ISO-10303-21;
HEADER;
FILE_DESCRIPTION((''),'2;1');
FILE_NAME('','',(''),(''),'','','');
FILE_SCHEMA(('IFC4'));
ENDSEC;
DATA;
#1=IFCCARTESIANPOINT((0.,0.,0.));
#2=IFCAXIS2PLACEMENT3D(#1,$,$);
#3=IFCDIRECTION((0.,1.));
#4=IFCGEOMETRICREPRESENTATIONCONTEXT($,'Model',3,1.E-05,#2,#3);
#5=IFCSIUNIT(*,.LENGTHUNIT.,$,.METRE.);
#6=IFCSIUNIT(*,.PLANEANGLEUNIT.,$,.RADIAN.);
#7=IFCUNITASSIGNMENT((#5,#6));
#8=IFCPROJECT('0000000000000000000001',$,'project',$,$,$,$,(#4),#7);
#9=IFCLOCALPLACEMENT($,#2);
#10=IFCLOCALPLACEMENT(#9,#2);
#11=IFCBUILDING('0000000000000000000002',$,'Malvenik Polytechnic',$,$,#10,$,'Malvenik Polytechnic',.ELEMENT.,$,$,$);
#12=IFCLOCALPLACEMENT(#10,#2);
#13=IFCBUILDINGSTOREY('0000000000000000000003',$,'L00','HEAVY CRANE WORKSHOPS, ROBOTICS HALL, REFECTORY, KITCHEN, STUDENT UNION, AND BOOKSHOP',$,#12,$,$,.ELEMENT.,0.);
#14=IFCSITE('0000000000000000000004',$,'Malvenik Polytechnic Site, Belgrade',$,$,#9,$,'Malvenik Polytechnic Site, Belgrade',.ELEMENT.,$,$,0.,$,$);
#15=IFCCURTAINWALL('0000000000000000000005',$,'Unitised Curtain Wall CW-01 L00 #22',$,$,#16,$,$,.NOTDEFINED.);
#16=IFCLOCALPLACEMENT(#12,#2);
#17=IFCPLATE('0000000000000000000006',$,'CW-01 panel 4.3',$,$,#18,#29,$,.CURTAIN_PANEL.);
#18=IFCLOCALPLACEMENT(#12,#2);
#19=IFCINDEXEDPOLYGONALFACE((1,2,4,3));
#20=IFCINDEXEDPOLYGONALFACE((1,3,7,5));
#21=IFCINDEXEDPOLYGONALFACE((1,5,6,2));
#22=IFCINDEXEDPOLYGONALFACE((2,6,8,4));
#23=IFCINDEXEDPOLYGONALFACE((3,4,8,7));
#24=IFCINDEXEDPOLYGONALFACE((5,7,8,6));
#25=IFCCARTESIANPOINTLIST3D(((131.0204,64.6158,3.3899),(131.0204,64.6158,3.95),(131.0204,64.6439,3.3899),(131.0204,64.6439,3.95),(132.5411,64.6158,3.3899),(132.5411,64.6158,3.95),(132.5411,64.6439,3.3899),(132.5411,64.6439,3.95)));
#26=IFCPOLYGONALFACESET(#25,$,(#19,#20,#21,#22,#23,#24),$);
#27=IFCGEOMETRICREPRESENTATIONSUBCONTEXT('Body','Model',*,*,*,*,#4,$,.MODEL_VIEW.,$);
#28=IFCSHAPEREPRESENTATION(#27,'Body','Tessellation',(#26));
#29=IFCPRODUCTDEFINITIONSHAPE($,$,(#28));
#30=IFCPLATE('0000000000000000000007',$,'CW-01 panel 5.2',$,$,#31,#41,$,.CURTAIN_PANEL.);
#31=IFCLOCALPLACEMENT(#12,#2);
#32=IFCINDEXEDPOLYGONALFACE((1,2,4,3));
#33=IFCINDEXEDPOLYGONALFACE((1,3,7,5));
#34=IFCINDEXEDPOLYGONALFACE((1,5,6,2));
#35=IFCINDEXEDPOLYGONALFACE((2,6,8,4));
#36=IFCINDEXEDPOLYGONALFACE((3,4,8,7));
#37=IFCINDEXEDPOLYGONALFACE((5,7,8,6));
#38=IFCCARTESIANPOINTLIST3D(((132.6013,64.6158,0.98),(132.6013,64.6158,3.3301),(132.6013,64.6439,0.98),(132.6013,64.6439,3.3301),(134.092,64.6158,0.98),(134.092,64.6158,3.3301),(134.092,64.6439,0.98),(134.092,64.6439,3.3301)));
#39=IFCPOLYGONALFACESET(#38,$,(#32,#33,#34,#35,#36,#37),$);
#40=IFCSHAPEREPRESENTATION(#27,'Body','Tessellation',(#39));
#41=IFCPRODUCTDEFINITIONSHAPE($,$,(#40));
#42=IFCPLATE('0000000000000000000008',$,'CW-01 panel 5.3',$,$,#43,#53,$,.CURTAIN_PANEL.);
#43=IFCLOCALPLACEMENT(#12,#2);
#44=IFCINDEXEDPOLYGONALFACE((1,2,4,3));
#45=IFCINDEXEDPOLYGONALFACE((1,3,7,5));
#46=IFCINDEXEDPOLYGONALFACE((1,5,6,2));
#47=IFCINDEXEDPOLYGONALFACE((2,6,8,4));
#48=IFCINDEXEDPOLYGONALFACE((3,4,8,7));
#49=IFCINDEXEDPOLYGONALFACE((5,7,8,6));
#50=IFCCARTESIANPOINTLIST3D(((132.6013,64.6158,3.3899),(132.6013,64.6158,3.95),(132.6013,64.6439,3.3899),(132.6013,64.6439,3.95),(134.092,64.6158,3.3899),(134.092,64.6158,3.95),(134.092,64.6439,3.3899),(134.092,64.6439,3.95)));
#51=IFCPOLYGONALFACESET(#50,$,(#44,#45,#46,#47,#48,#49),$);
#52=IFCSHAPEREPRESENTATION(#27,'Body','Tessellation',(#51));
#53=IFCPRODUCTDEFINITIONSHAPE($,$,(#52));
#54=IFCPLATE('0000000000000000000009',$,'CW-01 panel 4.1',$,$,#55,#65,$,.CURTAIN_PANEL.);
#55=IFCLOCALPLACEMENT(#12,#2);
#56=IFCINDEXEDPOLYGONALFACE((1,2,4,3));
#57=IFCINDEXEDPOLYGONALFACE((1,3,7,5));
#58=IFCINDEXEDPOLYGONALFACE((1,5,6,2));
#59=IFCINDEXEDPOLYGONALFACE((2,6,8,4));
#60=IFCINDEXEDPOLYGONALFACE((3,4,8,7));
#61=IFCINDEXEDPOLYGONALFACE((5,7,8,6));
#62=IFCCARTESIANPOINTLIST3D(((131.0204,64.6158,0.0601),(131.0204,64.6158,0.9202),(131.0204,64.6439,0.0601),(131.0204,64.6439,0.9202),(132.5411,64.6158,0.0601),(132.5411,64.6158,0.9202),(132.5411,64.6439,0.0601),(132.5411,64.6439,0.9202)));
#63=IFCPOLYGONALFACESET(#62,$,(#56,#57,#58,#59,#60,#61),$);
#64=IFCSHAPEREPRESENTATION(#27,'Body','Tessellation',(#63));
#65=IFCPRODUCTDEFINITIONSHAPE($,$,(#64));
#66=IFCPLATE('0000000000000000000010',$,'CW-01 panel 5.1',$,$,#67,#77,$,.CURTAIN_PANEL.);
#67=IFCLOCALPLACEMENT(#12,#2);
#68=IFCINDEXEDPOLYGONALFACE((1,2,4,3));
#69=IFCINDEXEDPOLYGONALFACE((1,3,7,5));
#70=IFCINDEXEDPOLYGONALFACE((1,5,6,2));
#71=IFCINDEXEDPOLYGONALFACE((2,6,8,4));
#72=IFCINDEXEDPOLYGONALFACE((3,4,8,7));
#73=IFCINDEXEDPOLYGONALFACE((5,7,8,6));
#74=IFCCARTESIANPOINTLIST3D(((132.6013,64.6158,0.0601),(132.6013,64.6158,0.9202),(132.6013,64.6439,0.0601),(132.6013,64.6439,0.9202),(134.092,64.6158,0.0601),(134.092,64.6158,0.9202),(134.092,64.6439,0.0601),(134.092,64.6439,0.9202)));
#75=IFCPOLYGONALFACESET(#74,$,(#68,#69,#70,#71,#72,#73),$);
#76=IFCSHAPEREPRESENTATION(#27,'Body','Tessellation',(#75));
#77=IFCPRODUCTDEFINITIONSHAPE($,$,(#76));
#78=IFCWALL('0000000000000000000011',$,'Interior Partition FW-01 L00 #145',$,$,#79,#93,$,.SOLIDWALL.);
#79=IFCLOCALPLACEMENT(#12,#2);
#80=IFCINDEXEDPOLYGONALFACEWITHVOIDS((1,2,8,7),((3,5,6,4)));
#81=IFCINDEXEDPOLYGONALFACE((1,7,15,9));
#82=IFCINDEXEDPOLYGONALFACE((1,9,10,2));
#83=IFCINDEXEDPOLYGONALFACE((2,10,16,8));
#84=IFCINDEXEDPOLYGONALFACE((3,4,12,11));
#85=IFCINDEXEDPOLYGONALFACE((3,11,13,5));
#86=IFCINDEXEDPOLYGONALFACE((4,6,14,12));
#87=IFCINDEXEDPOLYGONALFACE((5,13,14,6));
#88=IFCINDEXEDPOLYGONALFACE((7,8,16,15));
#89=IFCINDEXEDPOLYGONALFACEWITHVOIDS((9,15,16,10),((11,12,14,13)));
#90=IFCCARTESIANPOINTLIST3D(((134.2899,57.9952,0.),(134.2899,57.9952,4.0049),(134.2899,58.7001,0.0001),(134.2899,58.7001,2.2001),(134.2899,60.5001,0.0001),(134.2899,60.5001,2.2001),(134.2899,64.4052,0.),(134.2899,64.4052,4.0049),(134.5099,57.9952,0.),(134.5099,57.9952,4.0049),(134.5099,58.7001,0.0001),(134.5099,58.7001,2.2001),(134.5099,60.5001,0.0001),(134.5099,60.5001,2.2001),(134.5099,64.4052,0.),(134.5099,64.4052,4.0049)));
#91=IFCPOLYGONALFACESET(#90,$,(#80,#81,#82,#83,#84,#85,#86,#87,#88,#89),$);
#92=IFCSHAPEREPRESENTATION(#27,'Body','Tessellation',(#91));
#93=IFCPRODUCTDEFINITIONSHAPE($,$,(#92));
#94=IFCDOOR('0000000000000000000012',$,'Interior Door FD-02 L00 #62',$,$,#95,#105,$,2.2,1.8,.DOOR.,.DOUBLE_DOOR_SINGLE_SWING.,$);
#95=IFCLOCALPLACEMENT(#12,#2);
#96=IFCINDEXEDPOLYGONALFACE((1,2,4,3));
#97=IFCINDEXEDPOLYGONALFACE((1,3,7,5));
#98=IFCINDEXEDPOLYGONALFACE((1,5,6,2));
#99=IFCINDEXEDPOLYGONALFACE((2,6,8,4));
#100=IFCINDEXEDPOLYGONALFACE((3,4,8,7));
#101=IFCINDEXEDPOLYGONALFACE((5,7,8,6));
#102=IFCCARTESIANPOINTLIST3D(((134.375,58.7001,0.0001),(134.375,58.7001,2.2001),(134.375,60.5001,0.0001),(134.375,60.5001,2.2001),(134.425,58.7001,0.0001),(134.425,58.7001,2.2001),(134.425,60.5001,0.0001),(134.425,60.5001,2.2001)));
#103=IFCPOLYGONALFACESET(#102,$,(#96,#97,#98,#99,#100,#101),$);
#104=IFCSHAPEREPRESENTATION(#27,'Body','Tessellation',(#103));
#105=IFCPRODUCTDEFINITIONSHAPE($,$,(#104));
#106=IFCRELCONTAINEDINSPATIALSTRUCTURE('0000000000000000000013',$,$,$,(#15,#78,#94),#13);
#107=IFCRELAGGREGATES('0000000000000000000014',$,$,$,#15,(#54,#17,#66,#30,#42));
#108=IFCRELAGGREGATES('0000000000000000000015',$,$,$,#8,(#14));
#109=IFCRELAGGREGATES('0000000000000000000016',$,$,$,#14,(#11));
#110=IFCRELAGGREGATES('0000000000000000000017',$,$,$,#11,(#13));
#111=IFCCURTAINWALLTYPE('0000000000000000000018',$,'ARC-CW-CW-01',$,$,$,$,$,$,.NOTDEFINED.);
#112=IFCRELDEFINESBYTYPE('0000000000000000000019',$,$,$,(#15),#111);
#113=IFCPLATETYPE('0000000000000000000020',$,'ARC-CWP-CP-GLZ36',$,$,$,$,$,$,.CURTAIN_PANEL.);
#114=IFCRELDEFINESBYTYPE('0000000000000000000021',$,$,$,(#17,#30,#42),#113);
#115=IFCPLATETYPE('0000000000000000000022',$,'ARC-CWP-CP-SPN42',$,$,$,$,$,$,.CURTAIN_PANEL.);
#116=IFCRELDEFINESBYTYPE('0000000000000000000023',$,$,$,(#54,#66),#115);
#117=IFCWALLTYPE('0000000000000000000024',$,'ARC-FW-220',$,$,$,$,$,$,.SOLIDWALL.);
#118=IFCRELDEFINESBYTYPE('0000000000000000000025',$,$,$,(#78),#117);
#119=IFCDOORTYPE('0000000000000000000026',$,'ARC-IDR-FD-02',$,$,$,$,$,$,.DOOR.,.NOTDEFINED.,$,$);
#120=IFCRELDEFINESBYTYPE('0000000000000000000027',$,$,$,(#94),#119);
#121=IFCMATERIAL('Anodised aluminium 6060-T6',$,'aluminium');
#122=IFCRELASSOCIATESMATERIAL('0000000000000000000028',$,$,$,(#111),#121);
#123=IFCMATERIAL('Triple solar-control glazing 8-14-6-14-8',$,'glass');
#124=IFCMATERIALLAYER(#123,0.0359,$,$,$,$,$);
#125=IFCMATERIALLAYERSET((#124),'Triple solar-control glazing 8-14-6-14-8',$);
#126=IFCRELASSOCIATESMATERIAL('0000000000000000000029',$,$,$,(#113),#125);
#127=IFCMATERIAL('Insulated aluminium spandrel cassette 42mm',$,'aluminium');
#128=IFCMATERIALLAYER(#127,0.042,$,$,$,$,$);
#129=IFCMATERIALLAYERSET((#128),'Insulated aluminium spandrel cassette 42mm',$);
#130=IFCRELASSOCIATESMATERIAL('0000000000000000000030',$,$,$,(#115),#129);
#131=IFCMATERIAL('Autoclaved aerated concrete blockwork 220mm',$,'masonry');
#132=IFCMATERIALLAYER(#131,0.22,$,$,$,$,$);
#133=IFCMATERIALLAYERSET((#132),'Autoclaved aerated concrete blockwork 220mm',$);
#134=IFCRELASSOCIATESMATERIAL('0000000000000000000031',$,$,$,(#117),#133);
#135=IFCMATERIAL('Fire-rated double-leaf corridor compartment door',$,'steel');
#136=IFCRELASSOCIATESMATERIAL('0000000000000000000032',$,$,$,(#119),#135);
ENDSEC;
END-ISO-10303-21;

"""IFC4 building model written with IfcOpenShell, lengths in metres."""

from ifc_helpers import new_model, si_unit, direction, frame, frame_2d, origin, origin_2d, place, context, subcontext, project, spatial, rectangle, extrude, material, layer, layer_set, type_object, element, fill, aggregate, save


model = new_model("IFC4")

# Units and contexts
model_context = context("Model", 3, precision=1e-05, world=origin(), true_north=direction((0.0, 1.0)))
body_context = subcontext(model_context, "Body", "Model", "MODEL_VIEW")
ifc_project = project(units=[si_unit("LENGTHUNIT", "METRE"), si_unit("PLANEANGLEUNIT", "RADIAN")], contexts=[model_context])

# Site, building, storey
site_placement = place(None, origin())
site = spatial("IfcSite", under=ifc_project, at=site_placement, Name="Malvenik Polytechnic Site, Belgrade", LongName="Malvenik Polytechnic Site, Belgrade", CompositionType="ELEMENT", RefElevation=0.0)
building_placement = place(site_placement, origin())
building = spatial("IfcBuilding", under=site, at=building_placement, Name="Malvenik Polytechnic", LongName="Malvenik Polytechnic", CompositionType="ELEMENT")
storey_placement = place(building_placement, origin())
storey = spatial("IfcBuildingStorey", under=building, at=storey_placement, Name="L00", Description="HEAVY CRANE WORKSHOPS, ROBOTICS HALL, REFECTORY, KITCHEN, STUDENT UNION, AND BOOKSHOP", CompositionType="ELEMENT", Elevation=0.0)

# Curtain wall
ifc_material_1 = material(Name="Anodised aluminium 6060-T6", Category="aluminium")
curtain_wall_type = type_object("IfcCurtainWallType", Name="ARC-CW-CW-01", PredefinedType="NOTDEFINED", material=ifc_material_1)
curtain_wall_placement = place(storey_placement, origin())
curtain_wall = element("IfcCurtainWall", 1, at=curtain_wall_placement, inside=storey, type_object=curtain_wall_type, Name="Unitised Curtain Wall CW-01 L00 #22", PredefinedType="NOTDEFINED")

# Plates
ifc_material_2 = material(Name="Triple solar-control glazing 8-14-6-14-8", Category="glass")
ifc_layer_1 = layer(ifc_material_2, 0.0359)
ifc_layer_set_1 = layer_set([ifc_layer_1], Name="Triple solar-control glazing 8-14-6-14-8")
plate_type_1 = type_object("IfcPlateType", Name="ARC-CWP-CP-GLZ36", PredefinedType="CURTAIN_PANEL", material=ifc_layer_set_1)
plate_1_placement = place(storey_placement, frame((131.7808, 64.6299, 3.3899), z_axis=(0.0, 0.0, 1.0), x_axis=(1.0, 0.0, 0.0)))
plate_1 = element("IfcPlate", 2, at=plate_1_placement, type_object=plate_type_1, Name="CW-01 panel 4.3", PredefinedType="CURTAIN_PANEL", context=body_context, shape_type="SweptSolid", body=[
    extrude(rectangle(XDim=1.5208, YDim=0.0281, at=origin_2d()), origin(), (0.0, 0.0, 1.0), 0.5601),
])
plate_2_placement = place(storey_placement, frame((133.3467, 64.6299, 0.98), z_axis=(0.0, 0.0, 1.0), x_axis=(1.0, 0.0, 0.0)))
plate_2 = element("IfcPlate", 3, at=plate_2_placement, type_object=plate_type_1, Name="CW-01 panel 5.2", PredefinedType="CURTAIN_PANEL", context=body_context, shape_type="SweptSolid", body=[
    extrude(rectangle(XDim=1.4907, YDim=0.0281, at=origin_2d()), origin(), (0.0, 0.0, 1.0), 2.3501),
])
plate_3_placement = place(storey_placement, frame((133.3467, 64.6299, 3.3899), z_axis=(0.0, 0.0, 1.0), x_axis=(1.0, 0.0, 0.0)))
plate_3 = element("IfcPlate", 4, at=plate_3_placement, type_object=plate_type_1, Name="CW-01 panel 5.3", PredefinedType="CURTAIN_PANEL", context=body_context, shape_type="SweptSolid", body=[
    extrude(rectangle(XDim=1.4907, YDim=0.0281, at=origin_2d()), origin(), (0.0, 0.0, 1.0), 0.5601),
])
ifc_material_3 = material(Name="Insulated aluminium spandrel cassette 42mm", Category="aluminium")
ifc_layer_2 = layer(ifc_material_3, 0.042)
ifc_layer_set_2 = layer_set([ifc_layer_2], Name="Insulated aluminium spandrel cassette 42mm")
plate_type_2 = type_object("IfcPlateType", Name="ARC-CWP-CP-SPN42", PredefinedType="CURTAIN_PANEL", material=ifc_layer_set_2)
plate_4_placement = place(storey_placement, frame((131.7808, 64.6299, 0.0601), z_axis=(0.0, 0.0, 1.0), x_axis=(1.0, 0.0, 0.0)))
plate_4 = element("IfcPlate", 5, at=plate_4_placement, type_object=plate_type_2, Name="CW-01 panel 4.1", PredefinedType="CURTAIN_PANEL", context=body_context, shape_type="SweptSolid", body=[
    extrude(rectangle(XDim=1.5208, YDim=0.0281, at=origin_2d()), origin(), (0.0, 0.0, 1.0), 0.8601),
])
plate_5_placement = place(storey_placement, frame((133.3467, 64.6299, 0.0601), z_axis=(0.0, 0.0, 1.0), x_axis=(1.0, 0.0, 0.0)))
plate_5 = element("IfcPlate", 6, at=plate_5_placement, type_object=plate_type_2, Name="CW-01 panel 5.1", PredefinedType="CURTAIN_PANEL", context=body_context, shape_type="SweptSolid", body=[
    extrude(rectangle(XDim=1.4907, YDim=0.0281, at=origin_2d()), origin(), (0.0, 0.0, 1.0), 0.8601),
])
aggregate(curtain_wall, [plate_4, plate_1, plate_5, plate_2, plate_3])

# Wall, opening, door
ifc_material_4 = material(Name="Autoclaved aerated concrete blockwork 220mm", Category="masonry")
ifc_layer_3 = layer(ifc_material_4, 0.22)
ifc_layer_set_3 = layer_set([ifc_layer_3], Name="Autoclaved aerated concrete blockwork 220mm")
wall_type = type_object("IfcWallType", Name="ARC-FW-220", PredefinedType="SOLIDWALL", material=ifc_layer_set_3)
wall_placement = place(storey_placement, frame((134.3999, 57.9951, 0.0), z_axis=(0.0, 0.0, 1.0), x_axis=(0.0, 1.0, 0.0)))
wall = element("IfcWall", 7, at=wall_placement, inside=storey, type_object=wall_type, Name="Interior Partition FW-01 L00 #145", PredefinedType="SOLIDWALL", context=body_context, shape_type="SweptSolid", body=[
    extrude(rectangle(XDim=6.4099, YDim=0.22, at=frame_2d((3.2051, 0.0))), origin(), (0.0, 0.0, 1.0), 4.0049),
])
opening_placement = place(wall_placement, frame((0.7051, 0.0, 0.0)))
opening = element("IfcOpeningElement", 8, at=opening_placement, cuts=wall, PredefinedType="OPENING", context=body_context, shape_type="SweptSolid", body=[
    extrude(rectangle(XDim=1.8, YDim=2.2, at=frame_2d((0.8999, 1.1001))), frame((0.0, 0.1201, 0.0), z_axis=(0.0, -1.0, 0.0), x_axis=(1.0, 0.0, 0.0)), (0.0, 0.0, 1.0), 0.24),
])
ifc_material_5 = material(Name="Fire-rated double-leaf corridor compartment door", Category="steel")
door_type = type_object("IfcDoorType", Name="ARC-IDR-FD-02", OperationType="NOTDEFINED", PredefinedType="DOOR", material=ifc_material_5)
door_placement = place(opening_placement, origin())
door = element("IfcDoor", 9, at=door_placement, inside=storey, type_object=door_type, Name="Interior Door FD-02 L00 #62", OperationType="DOUBLE_DOOR_SINGLE_SWING", OverallHeight=2.2, OverallWidth=1.8, PredefinedType="DOOR", context=body_context, shape_type="SweptSolid", body=[
    extrude(rectangle(XDim=1.8, YDim=2.2, at=frame_2d((0.8999, 1.1001))), frame((0.0, 0.0249, 0.0), z_axis=(0.0, -1.0, 0.0), x_axis=(1.0, 0.0, 0.0)), (0.0, 0.0, 1.0), 0.05),
])
fill(opening, door)

save(model, "model.ifc")
